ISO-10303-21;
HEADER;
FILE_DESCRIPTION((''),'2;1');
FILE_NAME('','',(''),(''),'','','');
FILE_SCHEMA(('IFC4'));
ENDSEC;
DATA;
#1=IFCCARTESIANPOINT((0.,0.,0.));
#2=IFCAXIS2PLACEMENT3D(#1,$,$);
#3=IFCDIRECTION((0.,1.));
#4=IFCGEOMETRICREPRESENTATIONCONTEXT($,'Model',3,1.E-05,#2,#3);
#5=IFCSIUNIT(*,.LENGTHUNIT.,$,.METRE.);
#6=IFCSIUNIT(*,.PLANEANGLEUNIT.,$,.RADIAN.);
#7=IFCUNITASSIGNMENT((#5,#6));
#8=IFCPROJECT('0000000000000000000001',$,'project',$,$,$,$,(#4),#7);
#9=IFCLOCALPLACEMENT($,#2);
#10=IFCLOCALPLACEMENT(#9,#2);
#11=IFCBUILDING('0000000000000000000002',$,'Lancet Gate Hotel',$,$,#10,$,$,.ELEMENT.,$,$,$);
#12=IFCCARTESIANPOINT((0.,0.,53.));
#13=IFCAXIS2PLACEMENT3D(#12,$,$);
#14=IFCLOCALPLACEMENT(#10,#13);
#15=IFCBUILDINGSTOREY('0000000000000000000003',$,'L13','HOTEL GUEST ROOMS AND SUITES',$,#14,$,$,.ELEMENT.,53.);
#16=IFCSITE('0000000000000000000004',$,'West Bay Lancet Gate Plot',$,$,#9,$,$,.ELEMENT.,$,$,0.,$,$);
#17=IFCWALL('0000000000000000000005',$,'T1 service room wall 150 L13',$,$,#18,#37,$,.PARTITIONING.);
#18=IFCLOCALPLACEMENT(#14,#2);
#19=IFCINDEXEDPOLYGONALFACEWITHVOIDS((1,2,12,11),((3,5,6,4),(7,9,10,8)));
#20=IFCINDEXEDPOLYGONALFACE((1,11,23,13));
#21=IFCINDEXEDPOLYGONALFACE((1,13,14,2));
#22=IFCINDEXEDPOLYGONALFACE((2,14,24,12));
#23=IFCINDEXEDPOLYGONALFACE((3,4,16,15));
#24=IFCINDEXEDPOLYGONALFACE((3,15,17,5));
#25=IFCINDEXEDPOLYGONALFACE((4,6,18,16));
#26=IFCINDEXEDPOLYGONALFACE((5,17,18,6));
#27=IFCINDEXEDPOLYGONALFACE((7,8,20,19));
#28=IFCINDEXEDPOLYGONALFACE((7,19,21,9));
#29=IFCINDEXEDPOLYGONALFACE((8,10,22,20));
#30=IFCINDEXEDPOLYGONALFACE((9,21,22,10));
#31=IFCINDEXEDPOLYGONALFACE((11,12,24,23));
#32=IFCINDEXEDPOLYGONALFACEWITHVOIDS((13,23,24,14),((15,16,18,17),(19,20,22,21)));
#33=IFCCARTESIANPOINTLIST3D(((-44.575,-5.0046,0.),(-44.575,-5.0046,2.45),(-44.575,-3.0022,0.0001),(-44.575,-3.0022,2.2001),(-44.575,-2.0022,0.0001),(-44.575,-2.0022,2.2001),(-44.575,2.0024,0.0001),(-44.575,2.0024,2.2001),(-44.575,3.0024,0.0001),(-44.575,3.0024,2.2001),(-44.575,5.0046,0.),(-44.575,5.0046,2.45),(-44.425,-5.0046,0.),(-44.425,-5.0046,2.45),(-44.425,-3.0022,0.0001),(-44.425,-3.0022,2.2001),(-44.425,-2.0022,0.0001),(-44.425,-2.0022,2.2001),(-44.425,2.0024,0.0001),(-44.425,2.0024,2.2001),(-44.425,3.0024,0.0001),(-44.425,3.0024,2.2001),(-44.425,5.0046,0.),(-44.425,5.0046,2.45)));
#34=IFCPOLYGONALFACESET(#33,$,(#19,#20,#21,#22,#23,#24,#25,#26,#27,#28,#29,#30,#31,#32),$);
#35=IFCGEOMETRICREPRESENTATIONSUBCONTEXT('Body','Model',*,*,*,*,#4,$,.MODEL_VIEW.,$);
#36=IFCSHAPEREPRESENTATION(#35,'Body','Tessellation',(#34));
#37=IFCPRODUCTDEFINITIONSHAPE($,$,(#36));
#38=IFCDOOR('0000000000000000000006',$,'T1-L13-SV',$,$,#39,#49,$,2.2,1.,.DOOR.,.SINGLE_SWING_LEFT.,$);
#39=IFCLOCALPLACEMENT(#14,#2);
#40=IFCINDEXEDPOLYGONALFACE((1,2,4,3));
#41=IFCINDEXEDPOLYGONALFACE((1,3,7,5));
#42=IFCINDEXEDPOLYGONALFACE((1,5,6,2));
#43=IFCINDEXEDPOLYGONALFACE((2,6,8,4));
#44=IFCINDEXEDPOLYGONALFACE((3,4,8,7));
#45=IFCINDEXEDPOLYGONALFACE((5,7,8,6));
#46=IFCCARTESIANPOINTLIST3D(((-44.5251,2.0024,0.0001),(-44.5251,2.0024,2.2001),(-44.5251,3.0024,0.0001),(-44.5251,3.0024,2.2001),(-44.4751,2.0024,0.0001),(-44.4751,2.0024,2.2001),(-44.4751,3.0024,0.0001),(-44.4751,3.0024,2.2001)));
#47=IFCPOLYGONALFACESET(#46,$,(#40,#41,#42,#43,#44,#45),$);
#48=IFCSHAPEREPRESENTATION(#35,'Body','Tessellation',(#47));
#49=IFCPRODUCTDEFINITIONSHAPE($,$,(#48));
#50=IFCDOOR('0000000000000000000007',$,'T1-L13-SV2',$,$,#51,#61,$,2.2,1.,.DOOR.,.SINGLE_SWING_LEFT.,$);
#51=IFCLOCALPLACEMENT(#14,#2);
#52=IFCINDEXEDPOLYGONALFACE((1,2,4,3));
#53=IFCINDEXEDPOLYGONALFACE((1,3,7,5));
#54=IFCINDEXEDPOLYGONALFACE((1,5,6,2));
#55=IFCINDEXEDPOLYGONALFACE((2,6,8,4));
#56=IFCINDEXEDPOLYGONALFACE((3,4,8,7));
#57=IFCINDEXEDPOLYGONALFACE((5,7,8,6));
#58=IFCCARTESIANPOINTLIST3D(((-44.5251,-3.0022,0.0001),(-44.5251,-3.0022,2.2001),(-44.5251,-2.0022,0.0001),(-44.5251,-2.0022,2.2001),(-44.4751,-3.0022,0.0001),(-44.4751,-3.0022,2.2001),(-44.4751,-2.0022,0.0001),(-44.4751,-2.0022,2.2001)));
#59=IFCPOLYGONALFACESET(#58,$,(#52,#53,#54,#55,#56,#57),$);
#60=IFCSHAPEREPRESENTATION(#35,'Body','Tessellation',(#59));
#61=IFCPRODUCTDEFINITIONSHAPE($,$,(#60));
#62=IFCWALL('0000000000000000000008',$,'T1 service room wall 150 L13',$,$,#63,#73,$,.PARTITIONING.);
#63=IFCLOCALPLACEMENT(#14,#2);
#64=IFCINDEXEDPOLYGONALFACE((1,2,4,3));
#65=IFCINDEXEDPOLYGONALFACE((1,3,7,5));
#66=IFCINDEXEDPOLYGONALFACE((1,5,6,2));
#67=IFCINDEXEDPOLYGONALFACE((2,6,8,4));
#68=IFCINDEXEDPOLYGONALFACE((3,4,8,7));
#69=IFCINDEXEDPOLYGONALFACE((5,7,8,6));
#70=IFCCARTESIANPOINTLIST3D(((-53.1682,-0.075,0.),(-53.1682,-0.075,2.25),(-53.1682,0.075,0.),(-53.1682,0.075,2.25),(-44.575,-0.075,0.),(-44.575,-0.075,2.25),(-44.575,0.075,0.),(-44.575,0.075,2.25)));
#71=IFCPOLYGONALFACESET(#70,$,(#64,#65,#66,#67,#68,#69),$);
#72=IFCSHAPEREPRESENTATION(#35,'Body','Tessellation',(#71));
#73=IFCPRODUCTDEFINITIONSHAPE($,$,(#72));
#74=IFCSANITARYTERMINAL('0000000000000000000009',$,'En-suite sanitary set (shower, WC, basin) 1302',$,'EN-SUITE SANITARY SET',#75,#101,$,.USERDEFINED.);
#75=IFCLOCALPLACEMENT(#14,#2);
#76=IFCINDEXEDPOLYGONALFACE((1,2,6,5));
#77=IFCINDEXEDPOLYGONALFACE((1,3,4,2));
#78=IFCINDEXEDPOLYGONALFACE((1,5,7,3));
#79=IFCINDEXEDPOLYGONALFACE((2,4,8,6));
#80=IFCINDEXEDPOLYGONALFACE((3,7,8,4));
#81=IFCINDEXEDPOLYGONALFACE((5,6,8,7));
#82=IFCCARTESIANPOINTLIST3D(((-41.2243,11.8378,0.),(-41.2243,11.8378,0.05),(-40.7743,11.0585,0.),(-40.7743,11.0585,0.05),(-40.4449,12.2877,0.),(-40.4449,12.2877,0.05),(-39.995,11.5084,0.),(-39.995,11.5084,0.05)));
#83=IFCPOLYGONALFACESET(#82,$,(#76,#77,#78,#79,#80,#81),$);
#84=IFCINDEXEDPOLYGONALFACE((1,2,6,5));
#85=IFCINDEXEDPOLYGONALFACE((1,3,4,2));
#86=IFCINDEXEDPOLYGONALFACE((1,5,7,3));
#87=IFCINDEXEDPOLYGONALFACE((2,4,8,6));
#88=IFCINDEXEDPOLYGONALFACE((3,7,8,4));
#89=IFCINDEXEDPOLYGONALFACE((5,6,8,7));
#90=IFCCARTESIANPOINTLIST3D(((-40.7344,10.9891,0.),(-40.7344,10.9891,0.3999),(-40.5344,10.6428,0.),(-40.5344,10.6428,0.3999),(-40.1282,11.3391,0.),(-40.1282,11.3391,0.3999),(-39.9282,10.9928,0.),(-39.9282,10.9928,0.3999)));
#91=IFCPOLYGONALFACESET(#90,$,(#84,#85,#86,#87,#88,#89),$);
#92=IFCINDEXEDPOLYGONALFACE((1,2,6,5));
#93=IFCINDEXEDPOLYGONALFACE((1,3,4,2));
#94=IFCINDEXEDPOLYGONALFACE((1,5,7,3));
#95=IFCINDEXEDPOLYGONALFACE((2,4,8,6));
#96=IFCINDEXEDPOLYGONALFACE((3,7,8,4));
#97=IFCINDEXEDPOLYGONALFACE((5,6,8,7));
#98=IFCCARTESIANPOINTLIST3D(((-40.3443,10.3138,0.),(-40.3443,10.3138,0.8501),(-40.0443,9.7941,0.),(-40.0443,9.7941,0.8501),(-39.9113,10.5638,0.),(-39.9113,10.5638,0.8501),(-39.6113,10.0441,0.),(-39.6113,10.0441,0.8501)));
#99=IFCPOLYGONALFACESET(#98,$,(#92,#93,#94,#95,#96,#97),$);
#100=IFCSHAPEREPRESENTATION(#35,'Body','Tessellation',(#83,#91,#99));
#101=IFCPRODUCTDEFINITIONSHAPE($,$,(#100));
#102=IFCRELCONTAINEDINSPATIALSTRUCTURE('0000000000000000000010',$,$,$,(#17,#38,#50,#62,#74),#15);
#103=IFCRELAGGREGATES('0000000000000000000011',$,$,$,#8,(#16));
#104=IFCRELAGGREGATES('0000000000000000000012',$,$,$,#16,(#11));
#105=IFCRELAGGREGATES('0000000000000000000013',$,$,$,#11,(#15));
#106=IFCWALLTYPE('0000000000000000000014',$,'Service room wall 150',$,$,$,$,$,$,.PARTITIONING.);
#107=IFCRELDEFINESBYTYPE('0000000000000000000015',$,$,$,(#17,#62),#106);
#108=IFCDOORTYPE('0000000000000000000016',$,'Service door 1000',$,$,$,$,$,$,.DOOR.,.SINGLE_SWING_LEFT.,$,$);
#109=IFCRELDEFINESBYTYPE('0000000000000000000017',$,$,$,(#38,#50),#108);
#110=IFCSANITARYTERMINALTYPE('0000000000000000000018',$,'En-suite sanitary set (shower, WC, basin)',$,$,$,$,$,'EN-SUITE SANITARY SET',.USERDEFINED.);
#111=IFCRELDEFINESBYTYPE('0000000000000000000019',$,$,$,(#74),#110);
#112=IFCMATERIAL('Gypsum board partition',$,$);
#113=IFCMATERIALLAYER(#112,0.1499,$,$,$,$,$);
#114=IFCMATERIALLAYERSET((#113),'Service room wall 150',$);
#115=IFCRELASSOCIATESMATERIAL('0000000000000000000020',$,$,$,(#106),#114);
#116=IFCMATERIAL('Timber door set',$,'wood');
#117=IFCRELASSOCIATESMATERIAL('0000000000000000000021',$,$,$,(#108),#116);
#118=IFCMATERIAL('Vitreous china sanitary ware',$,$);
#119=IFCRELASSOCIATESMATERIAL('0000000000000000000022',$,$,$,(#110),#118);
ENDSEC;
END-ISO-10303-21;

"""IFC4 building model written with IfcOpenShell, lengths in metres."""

from ifc_helpers import new_model, si_unit, direction, frame, frame_2d, origin, origin_2d, place, context, subcontext, project, spatial, rectangle, extrude, material, layer, layer_set, type_object, element, fill, save


model = new_model("IFC4")

# Units and contexts
model_context = context("Model", 3, precision=1e-05, world=origin(), true_north=direction((0.0, 1.0)))
body_context = subcontext(model_context, "Body", "Model", "MODEL_VIEW")
ifc_project = project(units=[si_unit("LENGTHUNIT", "METRE"), si_unit("PLANEANGLEUNIT", "RADIAN")], contexts=[model_context])

# Site, building, storey
site_placement = place(None, origin())
site = spatial("IfcSite", under=ifc_project, at=site_placement, Name="West Bay Lancet Gate Plot", CompositionType="ELEMENT", RefElevation=0.0)
building_placement = place(site_placement, origin())
building = spatial("IfcBuilding", under=site, at=building_placement, Name="Lancet Gate Hotel", CompositionType="ELEMENT")
storey_placement = place(building_placement, frame((0.0, 0.0, 53.0)))
storey = spatial("IfcBuildingStorey", under=building, at=storey_placement, Name="L13", Description="HOTEL GUEST ROOMS AND SUITES", CompositionType="ELEMENT", Elevation=53.0)

# Shared definitions
ifc_material_1 = material(Name="Gypsum board partition")
ifc_layer_1 = layer(ifc_material_1, 0.1499)
ifc_layer_set_1 = layer_set([ifc_layer_1], Name="Service room wall 150")
wall_type_1 = type_object("IfcWallType", Name="Service room wall 150", PredefinedType="PARTITIONING", material=ifc_layer_set_1)

# Wall, openings, doors
wall_1_placement = place(storey_placement, frame((-44.5, 5.0046, 0.0), z_axis=(0.0, 0.0, 1.0), x_axis=(0.0, -1.0, 0.0)))
wall_1 = element("IfcWall", 1, at=wall_1_placement, inside=storey, type_object=wall_type_1, Name="T1 service room wall 150 L13", PredefinedType="PARTITIONING", context=body_context, shape_type="SweptSolid", body=[
    extrude(rectangle(XDim=10.0093, YDim=0.1499, at=frame_2d((5.0046, 0.0))), origin(), (0.0, 0.0, 1.0), 2.45),
])
opening_1_placement = place(wall_1_placement, frame((2.0022, 0.0, 0.0)))
opening_1 = element("IfcOpeningElement", 2, at=opening_1_placement, cuts=wall_1, PredefinedType="OPENING", context=body_context, shape_type="SweptSolid", body=[
    extrude(rectangle(XDim=1.0, YDim=2.2, at=frame_2d((0.5, 1.1001))), frame((0.0, 0.085, 0.0), z_axis=(0.0, -1.0, 0.0), x_axis=(1.0, 0.0, 0.0)), (0.0, 0.0, 1.0), 0.1699),
])
opening_2_placement = place(wall_1_placement, frame((7.0068, 0.0, 0.0)))
opening_2 = element("IfcOpeningElement", 3, at=opening_2_placement, cuts=wall_1, PredefinedType="OPENING", context=body_context, shape_type="SweptSolid", body=[
    extrude(rectangle(XDim=1.0, YDim=2.2, at=frame_2d((0.5, 1.1001))), frame((0.0, 0.085, 0.0), z_axis=(0.0, -1.0, 0.0), x_axis=(1.0, 0.0, 0.0)), (0.0, 0.0, 1.0), 0.1699),
])
ifc_material_2 = material(Name="Timber door set", Category="wood")
door_type_1 = type_object("IfcDoorType", Name="Service door 1000", OperationType="SINGLE_SWING_LEFT", PredefinedType="DOOR", material=ifc_material_2)
door_1_placement = place(opening_1_placement, origin())
door_1 = element("IfcDoor", 4, at=door_1_placement, inside=storey, type_object=door_type_1, Name="T1-L13-SV", OperationType="SINGLE_SWING_LEFT", OverallHeight=2.2, OverallWidth=1.0, PredefinedType="DOOR", context=body_context, shape_type="SweptSolid", body=[
    extrude(rectangle(XDim=1.0, YDim=2.2, at=frame_2d((0.5, 1.1001))), frame((0.0, 0.0249, 0.0), z_axis=(0.0, -1.0, 0.0), x_axis=(1.0, 0.0, 0.0)), (0.0, 0.0, 1.0), 0.05),
])
fill(opening_1, door_1)
door_2_placement = place(opening_2_placement, origin())
door_2 = element("IfcDoor", 5, at=door_2_placement, inside=storey, type_object=door_type_1, Name="T1-L13-SV2", OperationType="SINGLE_SWING_LEFT", OverallHeight=2.2, OverallWidth=1.0, PredefinedType="DOOR", context=body_context, shape_type="SweptSolid", body=[
    extrude(rectangle(XDim=1.0, YDim=2.2, at=frame_2d((0.5, 1.1001))), frame((0.0, 0.0249, 0.0), z_axis=(0.0, -1.0, 0.0), x_axis=(1.0, 0.0, 0.0)), (0.0, 0.0, 1.0), 0.05),
])
fill(opening_2, door_2)

# Wall
wall_2_placement = place(storey_placement, frame((-44.575, 0.0, 0.0), z_axis=(0.0, 0.0, 1.0), x_axis=(-1.0, 0.0, 0.0)))
element("IfcWall", 6, at=wall_2_placement, inside=storey, type_object=wall_type_1, Name="T1 service room wall 150 L13", PredefinedType="PARTITIONING", context=body_context, shape_type="SweptSolid", body=[
    extrude(rectangle(XDim=8.5933, YDim=0.1499, at=frame_2d((4.2966, 0.0))), origin(), (0.0, 0.0, 1.0), 2.25),
])

# Sanitary terminal
ifc_material_3 = material(Name="Vitreous china sanitary ware")
sanitary_terminal_type = type_object("IfcSanitaryTerminalType", Name="En-suite sanitary set (shower, WC, basin)", ElementType="EN-SUITE SANITARY SET", PredefinedType="USERDEFINED", material=ifc_material_3)
sanitary_terminal_placement = place(storey_placement, frame((-40.6096, 11.6731, 0.0), z_axis=(0.0, 0.0, 1.0), x_axis=(1.0, 0.0, 0.0)))
element("IfcSanitaryTerminal", 7, at=sanitary_terminal_placement, inside=storey, type_object=sanitary_terminal_type, Name="En-suite sanitary set (shower, WC, basin) 1302", ObjectType="EN-SUITE SANITARY SET", PredefinedType="USERDEFINED", context=body_context, shape_type="SweptSolid", body=[
    extrude(rectangle(XDim=0.8999, YDim=0.8999, at=origin_2d()), frame((0.0, 0.0, 0.0), z_axis=(0.0, 0.0, 1.0), x_axis=(-0.5, 0.866025, 0.0)), (0.0, 0.0, 1.0), 0.05),
    extrude(rectangle(XDim=0.3999, YDim=0.7, at=origin_2d()), frame((0.2783, -0.6821, 0.0), z_axis=(0.0, 0.0, 1.0), x_axis=(-0.5, 0.866025, 0.0)), (0.0, 0.0, 1.0), 0.3999),
    extrude(rectangle(XDim=0.6001, YDim=0.5, at=origin_2d()), frame((0.6318, -1.4941, 0.0), z_axis=(0.0, 0.0, 1.0), x_axis=(-0.5, 0.866025, 0.0)), (0.0, 0.0, 1.0), 0.8501),
])

save(model, "model.ifc")
